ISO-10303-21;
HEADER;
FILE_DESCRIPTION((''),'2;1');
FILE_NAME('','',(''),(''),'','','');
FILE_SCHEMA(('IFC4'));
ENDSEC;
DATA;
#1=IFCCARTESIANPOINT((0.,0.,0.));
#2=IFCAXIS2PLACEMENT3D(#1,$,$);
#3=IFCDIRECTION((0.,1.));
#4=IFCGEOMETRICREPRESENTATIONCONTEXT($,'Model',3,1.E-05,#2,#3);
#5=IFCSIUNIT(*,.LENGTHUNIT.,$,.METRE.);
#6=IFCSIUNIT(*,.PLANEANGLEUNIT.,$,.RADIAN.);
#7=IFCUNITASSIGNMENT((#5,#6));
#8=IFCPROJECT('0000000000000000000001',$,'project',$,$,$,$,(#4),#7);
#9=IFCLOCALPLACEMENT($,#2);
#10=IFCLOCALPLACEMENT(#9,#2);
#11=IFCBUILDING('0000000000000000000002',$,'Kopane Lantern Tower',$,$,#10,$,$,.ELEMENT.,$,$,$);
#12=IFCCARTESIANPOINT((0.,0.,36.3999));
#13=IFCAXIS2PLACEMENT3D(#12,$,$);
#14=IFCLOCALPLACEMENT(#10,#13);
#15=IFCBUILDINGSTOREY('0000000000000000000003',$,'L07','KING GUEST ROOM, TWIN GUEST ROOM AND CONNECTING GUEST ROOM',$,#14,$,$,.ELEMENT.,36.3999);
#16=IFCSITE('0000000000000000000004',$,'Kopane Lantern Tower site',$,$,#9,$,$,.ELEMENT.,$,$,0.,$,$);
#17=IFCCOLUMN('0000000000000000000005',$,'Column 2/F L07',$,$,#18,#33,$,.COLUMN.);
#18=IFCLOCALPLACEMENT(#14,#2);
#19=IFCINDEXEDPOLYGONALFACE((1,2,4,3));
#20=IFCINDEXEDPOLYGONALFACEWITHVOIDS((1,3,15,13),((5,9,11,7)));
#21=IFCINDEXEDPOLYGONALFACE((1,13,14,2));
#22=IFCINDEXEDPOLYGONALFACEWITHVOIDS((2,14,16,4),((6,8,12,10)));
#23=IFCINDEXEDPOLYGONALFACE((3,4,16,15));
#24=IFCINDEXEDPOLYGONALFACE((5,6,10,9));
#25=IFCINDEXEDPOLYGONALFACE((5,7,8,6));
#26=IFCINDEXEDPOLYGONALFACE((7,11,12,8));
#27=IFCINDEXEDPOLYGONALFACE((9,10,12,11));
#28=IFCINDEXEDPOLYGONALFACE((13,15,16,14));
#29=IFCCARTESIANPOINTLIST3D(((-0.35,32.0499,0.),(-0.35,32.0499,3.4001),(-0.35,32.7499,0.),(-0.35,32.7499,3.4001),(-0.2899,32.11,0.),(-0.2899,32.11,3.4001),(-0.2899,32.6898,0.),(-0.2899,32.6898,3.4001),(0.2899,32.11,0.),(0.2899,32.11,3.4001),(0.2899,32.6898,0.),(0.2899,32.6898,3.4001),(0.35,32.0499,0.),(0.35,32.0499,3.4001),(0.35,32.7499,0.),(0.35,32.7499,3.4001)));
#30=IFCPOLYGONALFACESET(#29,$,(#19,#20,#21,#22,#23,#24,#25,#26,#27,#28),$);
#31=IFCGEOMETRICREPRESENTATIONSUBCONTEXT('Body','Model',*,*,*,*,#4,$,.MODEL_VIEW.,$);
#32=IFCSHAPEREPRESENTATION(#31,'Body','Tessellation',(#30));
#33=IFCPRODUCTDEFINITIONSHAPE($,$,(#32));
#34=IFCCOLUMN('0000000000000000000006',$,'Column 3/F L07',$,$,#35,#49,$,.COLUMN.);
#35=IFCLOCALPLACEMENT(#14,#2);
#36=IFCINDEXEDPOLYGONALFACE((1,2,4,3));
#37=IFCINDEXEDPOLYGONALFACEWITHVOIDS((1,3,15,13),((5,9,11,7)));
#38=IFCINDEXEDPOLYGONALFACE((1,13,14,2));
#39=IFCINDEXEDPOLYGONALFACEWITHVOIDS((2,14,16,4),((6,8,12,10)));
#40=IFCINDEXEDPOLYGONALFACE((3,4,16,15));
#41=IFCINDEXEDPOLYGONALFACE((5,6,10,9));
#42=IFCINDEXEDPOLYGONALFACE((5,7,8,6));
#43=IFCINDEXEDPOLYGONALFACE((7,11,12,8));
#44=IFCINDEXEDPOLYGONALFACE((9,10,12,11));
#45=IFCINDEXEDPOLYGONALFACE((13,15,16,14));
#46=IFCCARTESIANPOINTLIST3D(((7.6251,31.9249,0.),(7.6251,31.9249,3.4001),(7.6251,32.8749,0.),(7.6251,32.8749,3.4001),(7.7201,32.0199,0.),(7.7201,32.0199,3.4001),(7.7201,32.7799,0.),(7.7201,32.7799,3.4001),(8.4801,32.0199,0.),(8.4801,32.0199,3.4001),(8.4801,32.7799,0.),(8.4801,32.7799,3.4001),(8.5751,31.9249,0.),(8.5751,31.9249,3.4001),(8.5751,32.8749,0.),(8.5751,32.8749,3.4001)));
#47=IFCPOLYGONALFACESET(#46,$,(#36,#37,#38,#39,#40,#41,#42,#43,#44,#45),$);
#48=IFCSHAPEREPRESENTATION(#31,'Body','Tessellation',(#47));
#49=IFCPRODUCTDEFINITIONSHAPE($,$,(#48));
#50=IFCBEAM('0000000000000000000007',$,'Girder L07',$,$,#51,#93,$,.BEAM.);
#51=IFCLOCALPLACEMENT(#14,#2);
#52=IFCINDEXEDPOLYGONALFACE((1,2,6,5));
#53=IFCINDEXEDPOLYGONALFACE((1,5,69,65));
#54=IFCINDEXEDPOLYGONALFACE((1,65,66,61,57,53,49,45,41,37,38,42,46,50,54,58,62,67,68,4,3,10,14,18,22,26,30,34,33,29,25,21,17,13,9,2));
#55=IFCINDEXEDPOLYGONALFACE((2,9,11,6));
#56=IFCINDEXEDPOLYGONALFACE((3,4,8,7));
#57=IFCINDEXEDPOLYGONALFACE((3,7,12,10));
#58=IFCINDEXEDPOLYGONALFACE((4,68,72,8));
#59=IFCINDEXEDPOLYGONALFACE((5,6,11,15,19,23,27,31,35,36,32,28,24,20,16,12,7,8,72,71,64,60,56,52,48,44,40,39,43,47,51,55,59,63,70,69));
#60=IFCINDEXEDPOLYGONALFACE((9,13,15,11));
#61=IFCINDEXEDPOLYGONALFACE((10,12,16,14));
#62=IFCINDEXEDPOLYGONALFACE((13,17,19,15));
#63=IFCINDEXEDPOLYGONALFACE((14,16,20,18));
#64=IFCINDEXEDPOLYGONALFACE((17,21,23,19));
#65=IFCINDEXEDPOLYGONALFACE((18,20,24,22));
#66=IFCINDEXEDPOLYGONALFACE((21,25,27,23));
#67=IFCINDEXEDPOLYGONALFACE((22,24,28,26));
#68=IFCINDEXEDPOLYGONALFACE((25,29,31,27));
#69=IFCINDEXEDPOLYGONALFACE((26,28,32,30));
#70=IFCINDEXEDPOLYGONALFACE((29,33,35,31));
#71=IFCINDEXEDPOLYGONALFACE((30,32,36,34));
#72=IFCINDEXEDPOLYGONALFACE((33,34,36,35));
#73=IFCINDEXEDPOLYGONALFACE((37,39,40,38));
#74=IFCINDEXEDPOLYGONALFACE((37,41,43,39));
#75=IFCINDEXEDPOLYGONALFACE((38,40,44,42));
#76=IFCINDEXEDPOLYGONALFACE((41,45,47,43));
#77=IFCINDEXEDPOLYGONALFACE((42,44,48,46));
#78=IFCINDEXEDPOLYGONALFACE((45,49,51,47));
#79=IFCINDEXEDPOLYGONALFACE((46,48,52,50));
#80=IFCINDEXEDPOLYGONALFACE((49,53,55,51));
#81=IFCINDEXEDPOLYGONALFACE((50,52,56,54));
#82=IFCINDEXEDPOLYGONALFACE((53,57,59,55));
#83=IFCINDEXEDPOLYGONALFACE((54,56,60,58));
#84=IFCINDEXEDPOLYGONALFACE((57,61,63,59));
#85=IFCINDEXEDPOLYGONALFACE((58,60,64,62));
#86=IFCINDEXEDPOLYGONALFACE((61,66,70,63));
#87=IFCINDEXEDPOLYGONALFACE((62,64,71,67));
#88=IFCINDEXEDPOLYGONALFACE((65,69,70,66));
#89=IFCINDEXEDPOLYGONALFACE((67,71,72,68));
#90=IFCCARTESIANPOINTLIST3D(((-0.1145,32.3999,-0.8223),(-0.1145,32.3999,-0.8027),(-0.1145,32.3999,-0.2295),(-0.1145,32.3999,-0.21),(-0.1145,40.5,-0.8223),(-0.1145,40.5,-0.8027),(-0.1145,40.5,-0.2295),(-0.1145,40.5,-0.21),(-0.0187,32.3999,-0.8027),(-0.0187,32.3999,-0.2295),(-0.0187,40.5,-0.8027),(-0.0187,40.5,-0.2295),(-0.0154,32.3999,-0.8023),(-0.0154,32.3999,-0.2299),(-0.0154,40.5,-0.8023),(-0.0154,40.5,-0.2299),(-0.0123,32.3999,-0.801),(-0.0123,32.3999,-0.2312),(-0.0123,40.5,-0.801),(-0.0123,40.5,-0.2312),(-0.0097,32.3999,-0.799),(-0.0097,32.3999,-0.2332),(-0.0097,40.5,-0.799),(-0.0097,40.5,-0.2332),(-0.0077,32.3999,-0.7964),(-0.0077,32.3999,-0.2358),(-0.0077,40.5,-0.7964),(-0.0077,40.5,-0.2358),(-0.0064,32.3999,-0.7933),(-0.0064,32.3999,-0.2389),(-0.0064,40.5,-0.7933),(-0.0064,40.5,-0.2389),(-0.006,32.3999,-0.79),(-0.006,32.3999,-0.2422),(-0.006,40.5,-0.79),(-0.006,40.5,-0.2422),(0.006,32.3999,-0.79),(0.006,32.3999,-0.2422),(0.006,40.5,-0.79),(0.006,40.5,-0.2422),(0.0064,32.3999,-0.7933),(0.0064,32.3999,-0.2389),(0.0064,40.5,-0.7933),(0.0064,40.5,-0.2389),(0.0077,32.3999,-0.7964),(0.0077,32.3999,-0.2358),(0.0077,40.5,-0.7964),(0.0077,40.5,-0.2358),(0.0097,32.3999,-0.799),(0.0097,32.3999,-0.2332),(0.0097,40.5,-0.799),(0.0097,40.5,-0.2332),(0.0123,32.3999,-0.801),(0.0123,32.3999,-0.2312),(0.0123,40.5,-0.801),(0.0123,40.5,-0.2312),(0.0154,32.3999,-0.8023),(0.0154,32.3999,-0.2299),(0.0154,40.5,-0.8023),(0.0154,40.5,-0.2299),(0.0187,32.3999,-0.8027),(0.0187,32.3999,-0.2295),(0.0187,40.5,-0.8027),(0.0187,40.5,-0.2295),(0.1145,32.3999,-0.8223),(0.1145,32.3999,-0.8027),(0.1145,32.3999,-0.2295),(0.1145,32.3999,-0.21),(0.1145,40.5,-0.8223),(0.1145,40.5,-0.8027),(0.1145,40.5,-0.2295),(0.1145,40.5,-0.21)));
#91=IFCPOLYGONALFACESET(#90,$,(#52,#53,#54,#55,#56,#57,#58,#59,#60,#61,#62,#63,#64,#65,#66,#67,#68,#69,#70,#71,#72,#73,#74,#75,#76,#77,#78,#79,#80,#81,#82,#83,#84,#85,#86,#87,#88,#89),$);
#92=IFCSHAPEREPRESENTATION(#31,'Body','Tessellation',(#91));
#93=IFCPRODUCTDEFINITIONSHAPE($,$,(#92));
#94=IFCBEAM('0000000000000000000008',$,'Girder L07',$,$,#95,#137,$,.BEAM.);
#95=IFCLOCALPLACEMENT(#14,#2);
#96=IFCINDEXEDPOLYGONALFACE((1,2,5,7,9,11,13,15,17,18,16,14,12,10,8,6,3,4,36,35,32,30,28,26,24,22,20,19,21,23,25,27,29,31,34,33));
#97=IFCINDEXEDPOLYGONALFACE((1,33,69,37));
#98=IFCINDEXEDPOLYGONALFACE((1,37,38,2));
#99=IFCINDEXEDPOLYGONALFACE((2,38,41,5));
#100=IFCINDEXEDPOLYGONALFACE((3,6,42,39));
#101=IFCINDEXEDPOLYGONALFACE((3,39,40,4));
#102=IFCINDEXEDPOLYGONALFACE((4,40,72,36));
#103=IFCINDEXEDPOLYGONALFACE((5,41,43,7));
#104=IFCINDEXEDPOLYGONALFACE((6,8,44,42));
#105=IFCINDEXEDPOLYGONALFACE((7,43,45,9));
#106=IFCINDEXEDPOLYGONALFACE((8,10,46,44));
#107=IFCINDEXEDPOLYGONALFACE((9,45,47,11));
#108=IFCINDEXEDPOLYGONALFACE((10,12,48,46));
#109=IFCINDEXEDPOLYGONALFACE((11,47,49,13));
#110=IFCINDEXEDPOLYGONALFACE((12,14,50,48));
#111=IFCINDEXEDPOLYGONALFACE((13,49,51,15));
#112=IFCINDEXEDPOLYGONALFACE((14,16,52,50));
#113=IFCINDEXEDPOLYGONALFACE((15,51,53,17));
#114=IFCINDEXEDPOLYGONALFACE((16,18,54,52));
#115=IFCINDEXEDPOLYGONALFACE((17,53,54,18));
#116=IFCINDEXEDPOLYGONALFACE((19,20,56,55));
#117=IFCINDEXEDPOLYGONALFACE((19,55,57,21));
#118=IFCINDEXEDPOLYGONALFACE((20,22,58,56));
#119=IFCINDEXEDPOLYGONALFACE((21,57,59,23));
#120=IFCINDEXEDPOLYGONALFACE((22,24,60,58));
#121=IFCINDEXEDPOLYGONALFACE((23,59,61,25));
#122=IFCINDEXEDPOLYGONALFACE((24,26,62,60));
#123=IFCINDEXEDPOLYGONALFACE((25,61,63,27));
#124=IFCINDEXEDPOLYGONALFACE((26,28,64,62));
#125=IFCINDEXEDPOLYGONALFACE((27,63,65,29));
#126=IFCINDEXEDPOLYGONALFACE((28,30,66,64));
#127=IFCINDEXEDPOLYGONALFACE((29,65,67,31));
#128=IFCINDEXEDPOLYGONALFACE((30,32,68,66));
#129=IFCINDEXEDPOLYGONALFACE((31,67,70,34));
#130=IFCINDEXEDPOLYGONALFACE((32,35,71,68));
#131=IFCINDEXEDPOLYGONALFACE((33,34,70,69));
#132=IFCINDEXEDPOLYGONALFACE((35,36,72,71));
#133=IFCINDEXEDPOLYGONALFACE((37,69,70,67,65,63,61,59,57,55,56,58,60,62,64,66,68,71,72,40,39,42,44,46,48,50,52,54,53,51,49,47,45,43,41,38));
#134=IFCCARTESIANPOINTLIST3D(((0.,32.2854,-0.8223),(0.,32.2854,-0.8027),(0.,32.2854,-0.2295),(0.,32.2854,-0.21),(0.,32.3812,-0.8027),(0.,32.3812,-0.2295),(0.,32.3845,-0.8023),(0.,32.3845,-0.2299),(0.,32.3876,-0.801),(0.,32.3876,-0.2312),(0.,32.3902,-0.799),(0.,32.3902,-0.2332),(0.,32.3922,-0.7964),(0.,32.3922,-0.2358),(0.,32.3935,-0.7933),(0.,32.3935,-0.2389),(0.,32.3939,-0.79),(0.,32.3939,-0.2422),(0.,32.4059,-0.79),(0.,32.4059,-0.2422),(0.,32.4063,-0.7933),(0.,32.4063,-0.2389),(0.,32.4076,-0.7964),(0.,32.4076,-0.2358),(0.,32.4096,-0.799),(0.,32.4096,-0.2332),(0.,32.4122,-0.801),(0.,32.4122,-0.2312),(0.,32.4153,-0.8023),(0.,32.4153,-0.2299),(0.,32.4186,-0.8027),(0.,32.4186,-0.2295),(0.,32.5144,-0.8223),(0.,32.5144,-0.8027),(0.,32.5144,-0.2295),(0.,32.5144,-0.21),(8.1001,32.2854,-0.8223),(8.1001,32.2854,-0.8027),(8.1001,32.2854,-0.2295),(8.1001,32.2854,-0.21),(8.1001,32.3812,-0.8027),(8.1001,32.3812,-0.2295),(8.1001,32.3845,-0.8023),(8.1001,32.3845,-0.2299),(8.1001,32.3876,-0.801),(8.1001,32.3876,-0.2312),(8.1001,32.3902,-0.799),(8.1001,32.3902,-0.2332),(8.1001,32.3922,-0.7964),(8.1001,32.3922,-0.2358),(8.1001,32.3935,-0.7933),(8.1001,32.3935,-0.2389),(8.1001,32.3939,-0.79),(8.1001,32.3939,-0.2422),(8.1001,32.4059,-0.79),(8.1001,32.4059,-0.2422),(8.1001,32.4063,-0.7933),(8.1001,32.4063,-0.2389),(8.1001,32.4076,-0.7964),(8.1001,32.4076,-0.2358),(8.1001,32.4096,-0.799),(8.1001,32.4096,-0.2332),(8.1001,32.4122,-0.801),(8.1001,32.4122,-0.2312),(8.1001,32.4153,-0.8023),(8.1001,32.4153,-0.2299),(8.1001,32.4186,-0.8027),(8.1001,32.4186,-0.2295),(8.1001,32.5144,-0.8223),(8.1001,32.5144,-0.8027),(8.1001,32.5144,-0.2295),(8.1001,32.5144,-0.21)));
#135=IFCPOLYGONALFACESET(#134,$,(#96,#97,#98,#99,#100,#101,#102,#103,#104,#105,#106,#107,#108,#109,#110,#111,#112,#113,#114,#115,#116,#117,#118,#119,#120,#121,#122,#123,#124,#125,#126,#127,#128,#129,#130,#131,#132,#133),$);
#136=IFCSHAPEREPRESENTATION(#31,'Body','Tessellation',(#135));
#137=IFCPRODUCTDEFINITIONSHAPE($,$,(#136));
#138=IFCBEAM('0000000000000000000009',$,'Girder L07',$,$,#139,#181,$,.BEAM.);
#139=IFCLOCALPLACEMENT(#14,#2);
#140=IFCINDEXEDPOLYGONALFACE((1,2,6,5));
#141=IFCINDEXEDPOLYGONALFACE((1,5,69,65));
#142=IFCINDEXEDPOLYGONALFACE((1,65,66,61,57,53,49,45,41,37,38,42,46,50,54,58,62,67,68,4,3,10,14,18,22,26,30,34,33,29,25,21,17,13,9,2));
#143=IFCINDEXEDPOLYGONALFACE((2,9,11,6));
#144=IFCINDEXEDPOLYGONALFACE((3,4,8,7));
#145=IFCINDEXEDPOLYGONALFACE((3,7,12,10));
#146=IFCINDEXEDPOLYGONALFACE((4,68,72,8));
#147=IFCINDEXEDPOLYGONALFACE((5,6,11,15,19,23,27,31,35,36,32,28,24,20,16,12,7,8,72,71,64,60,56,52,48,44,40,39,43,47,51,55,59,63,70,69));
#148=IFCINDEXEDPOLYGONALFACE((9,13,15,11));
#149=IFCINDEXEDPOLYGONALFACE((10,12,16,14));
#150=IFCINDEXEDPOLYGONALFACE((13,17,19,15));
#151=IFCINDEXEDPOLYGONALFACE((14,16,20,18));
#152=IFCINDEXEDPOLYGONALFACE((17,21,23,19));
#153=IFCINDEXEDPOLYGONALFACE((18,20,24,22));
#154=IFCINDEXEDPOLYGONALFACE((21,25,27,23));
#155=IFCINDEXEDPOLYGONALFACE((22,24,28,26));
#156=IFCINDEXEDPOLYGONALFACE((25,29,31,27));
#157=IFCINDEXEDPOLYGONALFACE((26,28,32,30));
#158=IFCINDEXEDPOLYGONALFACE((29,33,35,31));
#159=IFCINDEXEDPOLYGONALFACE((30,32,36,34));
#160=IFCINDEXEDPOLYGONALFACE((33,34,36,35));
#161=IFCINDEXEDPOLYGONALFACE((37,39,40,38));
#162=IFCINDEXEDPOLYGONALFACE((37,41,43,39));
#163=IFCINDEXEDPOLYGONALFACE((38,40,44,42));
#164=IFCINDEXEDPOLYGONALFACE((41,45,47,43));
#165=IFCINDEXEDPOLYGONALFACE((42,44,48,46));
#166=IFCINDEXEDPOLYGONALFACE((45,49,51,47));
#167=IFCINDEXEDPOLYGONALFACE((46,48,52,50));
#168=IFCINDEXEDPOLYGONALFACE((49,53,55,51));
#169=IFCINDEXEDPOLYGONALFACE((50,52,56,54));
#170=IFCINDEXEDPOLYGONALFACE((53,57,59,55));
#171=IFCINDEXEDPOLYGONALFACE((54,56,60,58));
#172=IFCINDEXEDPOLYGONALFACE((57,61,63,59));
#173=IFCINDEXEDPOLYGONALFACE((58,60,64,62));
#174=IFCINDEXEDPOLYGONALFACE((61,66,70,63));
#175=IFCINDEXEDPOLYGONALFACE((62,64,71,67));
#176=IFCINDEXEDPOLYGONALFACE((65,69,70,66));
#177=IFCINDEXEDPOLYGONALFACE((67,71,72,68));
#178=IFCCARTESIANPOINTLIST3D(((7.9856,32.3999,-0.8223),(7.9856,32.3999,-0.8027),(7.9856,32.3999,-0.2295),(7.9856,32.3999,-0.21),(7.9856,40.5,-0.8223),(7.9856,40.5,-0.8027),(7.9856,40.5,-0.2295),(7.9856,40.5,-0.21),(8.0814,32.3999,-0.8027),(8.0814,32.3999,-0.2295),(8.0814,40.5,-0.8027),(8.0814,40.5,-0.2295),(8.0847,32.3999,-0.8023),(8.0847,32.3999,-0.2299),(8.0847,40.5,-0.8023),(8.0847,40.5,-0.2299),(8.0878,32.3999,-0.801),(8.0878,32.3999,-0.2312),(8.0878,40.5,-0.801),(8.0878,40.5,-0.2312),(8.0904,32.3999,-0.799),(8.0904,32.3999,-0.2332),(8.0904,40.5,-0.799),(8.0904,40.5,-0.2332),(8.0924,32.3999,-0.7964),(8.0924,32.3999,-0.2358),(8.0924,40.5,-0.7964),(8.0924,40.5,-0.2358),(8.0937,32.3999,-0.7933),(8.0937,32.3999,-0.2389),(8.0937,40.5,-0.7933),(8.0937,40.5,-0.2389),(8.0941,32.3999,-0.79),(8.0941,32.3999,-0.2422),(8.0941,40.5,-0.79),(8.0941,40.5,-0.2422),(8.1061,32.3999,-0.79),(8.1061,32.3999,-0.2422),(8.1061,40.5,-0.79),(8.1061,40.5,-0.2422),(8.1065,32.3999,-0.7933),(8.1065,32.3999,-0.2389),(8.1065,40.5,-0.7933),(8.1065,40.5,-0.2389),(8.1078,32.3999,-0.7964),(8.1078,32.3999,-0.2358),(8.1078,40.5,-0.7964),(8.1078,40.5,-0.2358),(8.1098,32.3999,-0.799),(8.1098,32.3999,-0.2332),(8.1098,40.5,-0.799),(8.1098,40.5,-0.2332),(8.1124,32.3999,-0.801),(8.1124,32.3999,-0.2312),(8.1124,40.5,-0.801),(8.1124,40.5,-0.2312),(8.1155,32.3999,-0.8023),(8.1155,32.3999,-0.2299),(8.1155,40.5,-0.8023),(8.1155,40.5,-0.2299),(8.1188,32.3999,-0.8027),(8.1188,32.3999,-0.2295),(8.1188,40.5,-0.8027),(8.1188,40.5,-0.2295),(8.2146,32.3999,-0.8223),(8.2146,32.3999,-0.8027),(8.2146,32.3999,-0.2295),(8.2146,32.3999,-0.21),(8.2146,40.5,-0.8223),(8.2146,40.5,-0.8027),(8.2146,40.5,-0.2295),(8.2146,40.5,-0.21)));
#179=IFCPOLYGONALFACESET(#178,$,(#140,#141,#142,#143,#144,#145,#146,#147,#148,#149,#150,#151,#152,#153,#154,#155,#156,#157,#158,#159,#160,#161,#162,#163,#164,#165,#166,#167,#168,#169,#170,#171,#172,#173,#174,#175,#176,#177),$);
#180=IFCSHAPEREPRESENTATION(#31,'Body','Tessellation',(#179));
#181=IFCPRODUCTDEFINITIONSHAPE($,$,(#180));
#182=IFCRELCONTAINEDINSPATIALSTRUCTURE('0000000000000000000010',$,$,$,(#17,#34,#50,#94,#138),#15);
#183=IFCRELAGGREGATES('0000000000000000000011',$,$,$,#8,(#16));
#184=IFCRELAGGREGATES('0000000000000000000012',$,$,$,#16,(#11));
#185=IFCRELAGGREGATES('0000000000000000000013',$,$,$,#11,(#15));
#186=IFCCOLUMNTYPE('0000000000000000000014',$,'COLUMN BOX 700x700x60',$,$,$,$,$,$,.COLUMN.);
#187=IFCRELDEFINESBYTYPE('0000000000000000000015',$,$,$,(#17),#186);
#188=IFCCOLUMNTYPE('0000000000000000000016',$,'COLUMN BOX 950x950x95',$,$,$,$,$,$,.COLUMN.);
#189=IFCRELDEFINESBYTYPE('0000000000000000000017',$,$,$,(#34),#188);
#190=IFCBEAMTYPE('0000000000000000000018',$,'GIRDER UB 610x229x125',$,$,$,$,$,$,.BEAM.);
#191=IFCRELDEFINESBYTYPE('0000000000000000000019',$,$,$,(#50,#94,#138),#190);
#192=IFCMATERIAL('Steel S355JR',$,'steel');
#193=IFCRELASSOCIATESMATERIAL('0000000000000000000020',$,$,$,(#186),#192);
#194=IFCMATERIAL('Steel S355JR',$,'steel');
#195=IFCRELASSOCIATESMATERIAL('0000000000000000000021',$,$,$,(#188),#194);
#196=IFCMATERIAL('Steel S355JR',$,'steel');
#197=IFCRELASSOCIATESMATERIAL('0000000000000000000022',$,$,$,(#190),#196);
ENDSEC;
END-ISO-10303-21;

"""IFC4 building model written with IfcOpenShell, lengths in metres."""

from ifc_helpers import new_model, si_unit, direction, frame, origin, origin_2d, place, context, subcontext, project, spatial, hollow_rectangle, i_section, extrude, material, material_profile, profile_set, type_object, element, save


model = new_model("IFC4")

# Units and contexts
model_context = context("Model", 3, precision=1e-05, world=origin(), true_north=direction((0.0, 1.0)))
body_context = subcontext(model_context, "Body", "Model", "MODEL_VIEW")
ifc_project = project(units=[si_unit("LENGTHUNIT", "METRE"), si_unit("PLANEANGLEUNIT", "RADIAN")], contexts=[model_context])

# Site, building, storey
site_placement = place(None, origin())
site = spatial("IfcSite", under=ifc_project, at=site_placement, Name="Kopane Lantern Tower site", CompositionType="ELEMENT", RefElevation=0.0)
building_placement = place(site_placement, origin())
building = spatial("IfcBuilding", under=site, at=building_placement, Name="Kopane Lantern Tower", CompositionType="ELEMENT")
storey_placement = place(building_placement, frame((0.0, 0.0, 36.3999)))
storey = spatial("IfcBuildingStorey", under=building, at=storey_placement, Name="L07", Description="KING GUEST ROOM, TWIN GUEST ROOM AND CONNECTING GUEST ROOM", CompositionType="ELEMENT", Elevation=36.3999)

# Columns
ifc_material_1 = material(Name="Steel S355JR", Category="steel")
ifc_material_profile_1 = material_profile(ifc_material_1, hollow_rectangle(XDim=0.7, YDim=0.7, WallThickness=0.0601, at=origin_2d()), Name="BOX 700x700x60")
ifc_profile_set_1 = profile_set([ifc_material_profile_1], Name="Steel S355JR")
column_type_1 = type_object("IfcColumnType", Name="COLUMN BOX 700x700x60", PredefinedType="COLUMN", material=ifc_profile_set_1)
column_1_placement = place(storey_placement, frame((0.0, 32.3999, 0.0), z_axis=(0.0, 0.0, 1.0), x_axis=(1.0, 0.0, 0.0)))
element("IfcColumn", 1, at=column_1_placement, inside=storey, type_object=column_type_1, Name="Column 2/F L07", PredefinedType="COLUMN", context=body_context, shape_type="SweptSolid", body=[
    extrude(hollow_rectangle(XDim=0.7, YDim=0.7, WallThickness=0.0601, at=origin_2d()), origin(), (0.0, 0.0, 1.0), 3.4001),
])
ifc_material_2 = material(Name="Steel S355JR", Category="steel")
ifc_material_profile_2 = material_profile(ifc_material_2, hollow_rectangle(XDim=0.95, YDim=0.95, WallThickness=0.095, at=origin_2d()), Name="BOX 950x950x95")
ifc_profile_set_2 = profile_set([ifc_material_profile_2], Name="Steel S355JR")
column_type_2 = type_object("IfcColumnType", Name="COLUMN BOX 950x950x95", PredefinedType="COLUMN", material=ifc_profile_set_2)
column_2_placement = place(storey_placement, frame((8.1001, 32.3999, 0.0), z_axis=(0.0, 0.0, 1.0), x_axis=(1.0, 0.0, 0.0)))
element("IfcColumn", 2, at=column_2_placement, inside=storey, type_object=column_type_2, Name="Column 3/F L07", PredefinedType="COLUMN", context=body_context, shape_type="SweptSolid", body=[
    extrude(hollow_rectangle(XDim=0.95, YDim=0.95, WallThickness=0.095, at=origin_2d()), origin(), (0.0, 0.0, 1.0), 3.4001),
])

# Beams
ifc_material_3 = material(Name="Steel S355JR", Category="steel")
ifc_material_profile_3 = material_profile(ifc_material_3, i_section(OverallWidth=0.229, OverallDepth=0.6123, WebThickness=0.012, FlangeThickness=0.0195, FilletRadius=0.0127, at=origin_2d()), Name="UB 610x229x125")
ifc_profile_set_3 = profile_set([ifc_material_profile_3], Name="Steel S355JR")
beam_type = type_object("IfcBeamType", Name="GIRDER UB 610x229x125", PredefinedType="BEAM", material=ifc_profile_set_3)
for number, where, z_axis, x_axis, name in (
    (3, (0.0, 32.3999, -0.5161), (0.0, 1.0, 0.0), (-1.0, 0.0, 0.0), "Girder L07"),
    (4, (0.0, 32.3999, -0.5161), (1.0, 0.0, 0.0), (0.0, 1.0, 0.0), "Girder L07"),
    (5, (8.1001, 32.3999, -0.5161), (0.0, 1.0, 0.0), (-1.0, 0.0, 0.0), "Girder L07"),
):
    element("IfcBeam", number, at=place(storey_placement, frame(where, z_axis=z_axis, x_axis=x_axis)), inside=storey, type_object=beam_type, Name=name, PredefinedType="BEAM", context=body_context, shape_type="SweptSolid", body=[
        extrude(i_section(OverallWidth=0.229, OverallDepth=0.6123, WebThickness=0.012, FlangeThickness=0.0195, FilletRadius=0.0127, at=origin_2d()), origin(), (0.0, 0.0, 1.0), 8.1001),
    ])

save(model, "model.ifc")
